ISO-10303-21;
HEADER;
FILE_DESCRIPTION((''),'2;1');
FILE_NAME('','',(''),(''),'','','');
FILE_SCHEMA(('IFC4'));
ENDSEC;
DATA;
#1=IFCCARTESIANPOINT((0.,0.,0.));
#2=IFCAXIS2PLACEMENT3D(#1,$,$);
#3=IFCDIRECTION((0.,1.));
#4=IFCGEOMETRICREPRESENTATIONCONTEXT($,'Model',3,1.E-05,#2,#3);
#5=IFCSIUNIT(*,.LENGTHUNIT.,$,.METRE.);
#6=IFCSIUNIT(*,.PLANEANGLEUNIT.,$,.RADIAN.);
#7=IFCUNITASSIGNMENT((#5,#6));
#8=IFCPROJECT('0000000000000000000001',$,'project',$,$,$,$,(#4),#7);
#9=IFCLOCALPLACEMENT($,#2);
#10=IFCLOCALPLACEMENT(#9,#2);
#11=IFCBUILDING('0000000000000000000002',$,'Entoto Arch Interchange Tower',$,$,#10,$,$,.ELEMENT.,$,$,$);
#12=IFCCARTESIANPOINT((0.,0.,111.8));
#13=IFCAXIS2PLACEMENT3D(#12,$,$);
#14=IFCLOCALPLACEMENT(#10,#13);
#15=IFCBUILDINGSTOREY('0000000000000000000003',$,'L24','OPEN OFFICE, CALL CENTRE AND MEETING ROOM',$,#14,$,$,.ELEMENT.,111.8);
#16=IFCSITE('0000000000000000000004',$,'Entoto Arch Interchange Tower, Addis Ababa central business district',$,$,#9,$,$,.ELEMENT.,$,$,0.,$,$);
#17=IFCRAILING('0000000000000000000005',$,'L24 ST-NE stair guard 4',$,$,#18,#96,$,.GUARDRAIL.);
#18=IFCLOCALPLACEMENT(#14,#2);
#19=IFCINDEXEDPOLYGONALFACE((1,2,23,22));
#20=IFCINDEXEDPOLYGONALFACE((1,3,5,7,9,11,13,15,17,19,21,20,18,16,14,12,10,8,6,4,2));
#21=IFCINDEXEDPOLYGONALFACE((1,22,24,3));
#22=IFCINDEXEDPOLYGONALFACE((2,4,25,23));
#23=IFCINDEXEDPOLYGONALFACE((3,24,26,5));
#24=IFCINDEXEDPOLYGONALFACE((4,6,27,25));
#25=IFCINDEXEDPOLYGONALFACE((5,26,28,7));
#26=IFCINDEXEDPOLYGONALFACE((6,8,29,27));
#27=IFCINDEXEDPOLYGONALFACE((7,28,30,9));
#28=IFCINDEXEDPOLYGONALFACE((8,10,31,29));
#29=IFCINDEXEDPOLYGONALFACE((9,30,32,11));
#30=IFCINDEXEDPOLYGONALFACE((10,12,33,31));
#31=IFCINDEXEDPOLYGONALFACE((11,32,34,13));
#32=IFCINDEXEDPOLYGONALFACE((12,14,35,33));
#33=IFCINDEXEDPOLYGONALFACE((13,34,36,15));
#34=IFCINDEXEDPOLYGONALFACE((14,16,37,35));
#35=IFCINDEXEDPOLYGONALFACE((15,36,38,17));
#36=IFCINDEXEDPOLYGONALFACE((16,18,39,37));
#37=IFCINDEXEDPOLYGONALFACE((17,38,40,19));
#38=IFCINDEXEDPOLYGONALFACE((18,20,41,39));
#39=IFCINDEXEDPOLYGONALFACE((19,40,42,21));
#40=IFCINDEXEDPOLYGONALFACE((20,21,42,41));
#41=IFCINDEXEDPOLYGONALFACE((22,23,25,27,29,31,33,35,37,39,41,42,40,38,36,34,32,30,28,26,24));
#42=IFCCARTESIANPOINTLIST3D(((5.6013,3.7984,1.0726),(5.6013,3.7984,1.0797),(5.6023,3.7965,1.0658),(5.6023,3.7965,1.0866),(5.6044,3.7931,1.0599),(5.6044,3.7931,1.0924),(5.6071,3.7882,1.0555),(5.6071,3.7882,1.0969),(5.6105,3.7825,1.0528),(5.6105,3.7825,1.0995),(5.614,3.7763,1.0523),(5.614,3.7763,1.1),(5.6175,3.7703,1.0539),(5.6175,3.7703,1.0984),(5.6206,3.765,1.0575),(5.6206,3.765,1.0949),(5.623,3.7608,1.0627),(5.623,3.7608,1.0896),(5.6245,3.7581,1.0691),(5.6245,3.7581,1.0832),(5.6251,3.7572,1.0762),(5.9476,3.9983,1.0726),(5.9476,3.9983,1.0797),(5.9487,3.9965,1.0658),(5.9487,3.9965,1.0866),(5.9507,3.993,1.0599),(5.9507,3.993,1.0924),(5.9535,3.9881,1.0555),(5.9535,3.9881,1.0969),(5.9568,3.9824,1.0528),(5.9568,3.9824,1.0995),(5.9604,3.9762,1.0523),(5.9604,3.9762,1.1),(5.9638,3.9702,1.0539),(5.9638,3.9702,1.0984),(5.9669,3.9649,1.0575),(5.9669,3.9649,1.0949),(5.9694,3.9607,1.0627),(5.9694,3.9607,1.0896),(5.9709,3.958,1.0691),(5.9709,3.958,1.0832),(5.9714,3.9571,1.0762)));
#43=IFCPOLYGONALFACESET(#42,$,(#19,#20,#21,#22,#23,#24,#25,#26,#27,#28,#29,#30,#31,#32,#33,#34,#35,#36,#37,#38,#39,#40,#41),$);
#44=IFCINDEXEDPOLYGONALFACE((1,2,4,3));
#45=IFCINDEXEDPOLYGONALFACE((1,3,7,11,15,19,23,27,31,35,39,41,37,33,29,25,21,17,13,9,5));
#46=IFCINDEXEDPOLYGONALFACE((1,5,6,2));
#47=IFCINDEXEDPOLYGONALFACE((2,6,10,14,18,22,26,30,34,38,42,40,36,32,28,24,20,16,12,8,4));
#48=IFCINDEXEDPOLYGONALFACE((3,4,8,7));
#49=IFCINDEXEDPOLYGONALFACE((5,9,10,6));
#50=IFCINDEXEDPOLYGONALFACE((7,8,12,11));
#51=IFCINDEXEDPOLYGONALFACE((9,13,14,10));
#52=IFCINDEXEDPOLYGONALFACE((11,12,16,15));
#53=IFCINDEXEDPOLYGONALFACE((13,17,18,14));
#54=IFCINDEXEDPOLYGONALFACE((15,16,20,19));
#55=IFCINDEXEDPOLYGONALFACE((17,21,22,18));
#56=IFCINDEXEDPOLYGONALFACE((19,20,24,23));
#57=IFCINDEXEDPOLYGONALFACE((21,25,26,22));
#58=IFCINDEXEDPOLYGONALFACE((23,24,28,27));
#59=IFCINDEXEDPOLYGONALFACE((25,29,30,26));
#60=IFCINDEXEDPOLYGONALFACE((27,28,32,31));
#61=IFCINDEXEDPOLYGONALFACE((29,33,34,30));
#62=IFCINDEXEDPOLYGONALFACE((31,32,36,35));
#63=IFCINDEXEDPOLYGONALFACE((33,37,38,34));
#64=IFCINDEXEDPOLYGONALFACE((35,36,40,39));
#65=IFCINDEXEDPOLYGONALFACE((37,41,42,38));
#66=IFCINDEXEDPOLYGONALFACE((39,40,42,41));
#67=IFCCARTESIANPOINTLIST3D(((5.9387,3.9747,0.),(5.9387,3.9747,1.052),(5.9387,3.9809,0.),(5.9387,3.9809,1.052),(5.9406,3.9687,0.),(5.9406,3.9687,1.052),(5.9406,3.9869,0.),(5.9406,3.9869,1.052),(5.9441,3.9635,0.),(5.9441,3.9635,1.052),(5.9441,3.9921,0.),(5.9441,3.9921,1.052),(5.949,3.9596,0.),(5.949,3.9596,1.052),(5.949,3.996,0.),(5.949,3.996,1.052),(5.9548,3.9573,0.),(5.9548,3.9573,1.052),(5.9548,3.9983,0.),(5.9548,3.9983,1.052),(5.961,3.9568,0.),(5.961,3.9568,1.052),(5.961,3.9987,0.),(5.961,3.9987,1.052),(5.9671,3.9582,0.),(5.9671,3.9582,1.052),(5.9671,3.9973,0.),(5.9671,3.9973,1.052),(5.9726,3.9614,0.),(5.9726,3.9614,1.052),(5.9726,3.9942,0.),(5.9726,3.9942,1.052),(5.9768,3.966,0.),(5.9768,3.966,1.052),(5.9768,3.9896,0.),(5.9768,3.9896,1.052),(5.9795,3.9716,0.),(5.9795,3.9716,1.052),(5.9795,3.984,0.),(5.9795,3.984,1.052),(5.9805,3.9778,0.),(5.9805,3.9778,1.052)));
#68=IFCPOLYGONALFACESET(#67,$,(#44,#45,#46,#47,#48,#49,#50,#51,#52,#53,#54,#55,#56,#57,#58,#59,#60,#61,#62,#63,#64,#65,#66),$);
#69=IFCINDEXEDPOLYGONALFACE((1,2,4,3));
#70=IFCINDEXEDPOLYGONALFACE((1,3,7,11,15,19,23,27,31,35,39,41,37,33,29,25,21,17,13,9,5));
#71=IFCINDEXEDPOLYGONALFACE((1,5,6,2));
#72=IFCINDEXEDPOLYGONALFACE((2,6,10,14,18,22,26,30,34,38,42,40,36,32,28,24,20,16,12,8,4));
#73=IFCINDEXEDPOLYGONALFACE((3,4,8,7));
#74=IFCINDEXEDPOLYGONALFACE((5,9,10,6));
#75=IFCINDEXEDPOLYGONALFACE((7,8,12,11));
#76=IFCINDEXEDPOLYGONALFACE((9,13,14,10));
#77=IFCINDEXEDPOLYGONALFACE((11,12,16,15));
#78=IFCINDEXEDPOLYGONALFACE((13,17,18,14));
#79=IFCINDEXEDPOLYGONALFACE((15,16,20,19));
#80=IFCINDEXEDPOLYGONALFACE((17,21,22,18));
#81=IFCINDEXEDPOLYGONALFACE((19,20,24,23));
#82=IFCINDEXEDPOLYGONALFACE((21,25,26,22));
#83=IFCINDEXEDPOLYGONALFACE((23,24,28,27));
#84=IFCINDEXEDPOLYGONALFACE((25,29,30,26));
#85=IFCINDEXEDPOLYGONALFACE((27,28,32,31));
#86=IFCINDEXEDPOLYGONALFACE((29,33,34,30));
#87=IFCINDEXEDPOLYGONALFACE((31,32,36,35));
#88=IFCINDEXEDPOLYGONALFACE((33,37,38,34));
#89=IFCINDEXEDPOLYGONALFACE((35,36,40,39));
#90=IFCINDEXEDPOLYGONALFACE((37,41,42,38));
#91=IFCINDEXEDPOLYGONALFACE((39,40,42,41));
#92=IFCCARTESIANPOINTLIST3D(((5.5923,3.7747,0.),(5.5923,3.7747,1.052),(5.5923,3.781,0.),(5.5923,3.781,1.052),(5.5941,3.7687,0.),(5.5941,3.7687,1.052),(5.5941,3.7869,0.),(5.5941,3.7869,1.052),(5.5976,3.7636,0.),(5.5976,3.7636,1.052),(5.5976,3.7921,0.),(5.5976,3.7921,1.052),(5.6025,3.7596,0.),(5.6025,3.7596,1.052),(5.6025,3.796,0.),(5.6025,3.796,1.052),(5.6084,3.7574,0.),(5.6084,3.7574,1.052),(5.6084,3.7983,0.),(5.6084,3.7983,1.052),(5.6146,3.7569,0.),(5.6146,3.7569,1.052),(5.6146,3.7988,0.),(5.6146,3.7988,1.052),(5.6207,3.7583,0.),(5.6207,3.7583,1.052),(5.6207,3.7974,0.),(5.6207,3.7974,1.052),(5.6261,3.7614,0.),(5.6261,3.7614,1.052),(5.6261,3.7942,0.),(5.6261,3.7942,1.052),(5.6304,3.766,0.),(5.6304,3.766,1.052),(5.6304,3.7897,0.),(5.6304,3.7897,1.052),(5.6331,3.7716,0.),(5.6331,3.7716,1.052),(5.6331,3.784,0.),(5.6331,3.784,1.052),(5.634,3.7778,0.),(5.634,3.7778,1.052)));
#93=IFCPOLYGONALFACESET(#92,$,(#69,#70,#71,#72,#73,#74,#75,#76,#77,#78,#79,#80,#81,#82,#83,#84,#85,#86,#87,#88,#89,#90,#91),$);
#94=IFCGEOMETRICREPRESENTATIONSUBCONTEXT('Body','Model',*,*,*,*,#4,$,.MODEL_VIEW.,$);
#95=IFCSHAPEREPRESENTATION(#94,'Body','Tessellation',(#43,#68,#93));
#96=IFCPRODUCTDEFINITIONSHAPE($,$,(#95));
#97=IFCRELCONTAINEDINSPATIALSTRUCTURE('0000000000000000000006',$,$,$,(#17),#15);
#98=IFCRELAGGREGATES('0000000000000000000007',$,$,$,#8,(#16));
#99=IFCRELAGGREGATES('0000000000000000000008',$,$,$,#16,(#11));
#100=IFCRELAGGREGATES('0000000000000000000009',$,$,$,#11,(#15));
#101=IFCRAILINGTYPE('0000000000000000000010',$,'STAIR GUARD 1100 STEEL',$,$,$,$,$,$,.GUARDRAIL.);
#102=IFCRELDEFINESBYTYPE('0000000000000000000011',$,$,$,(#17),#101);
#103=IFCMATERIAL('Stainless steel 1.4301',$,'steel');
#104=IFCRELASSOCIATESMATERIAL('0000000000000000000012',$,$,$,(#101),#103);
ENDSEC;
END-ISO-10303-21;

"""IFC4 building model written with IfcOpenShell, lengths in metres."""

from ifc_helpers import new_model, si_unit, direction, frame, origin, origin_2d, place, context, subcontext, project, spatial, circle, extrude, material, type_object, element, save


model = new_model("IFC4")

# Units and contexts
model_context = context("Model", 3, precision=1e-05, world=origin(), true_north=direction((0.0, 1.0)))
body_context = subcontext(model_context, "Body", "Model", "MODEL_VIEW")
ifc_project = project(units=[si_unit("LENGTHUNIT", "METRE"), si_unit("PLANEANGLEUNIT", "RADIAN")], contexts=[model_context])

# Site, building, storey
site_placement = place(None, origin())
site = spatial("IfcSite", under=ifc_project, at=site_placement, Name="Entoto Arch Interchange Tower, Addis Ababa central business district", CompositionType="ELEMENT", RefElevation=0.0)
building_placement = place(site_placement, origin())
building = spatial("IfcBuilding", under=site, at=building_placement, Name="Entoto Arch Interchange Tower", CompositionType="ELEMENT")
storey_placement = place(building_placement, frame((0.0, 0.0, 111.8)))
storey = spatial("IfcBuildingStorey", under=building, at=storey_placement, Name="L24", Description="OPEN OFFICE, CALL CENTRE AND MEETING ROOM", CompositionType="ELEMENT", Elevation=111.8)

# Railing
ifc_material_1 = material(Name="Stainless steel 1.4301", Category="steel")
railing_type_1 = type_object("IfcRailingType", Name="STAIR GUARD 1100 STEEL", PredefinedType="GUARDRAIL", material=ifc_material_1)
railing_1_placement = place(storey_placement, frame((5.9595, 3.9778, 0.0)))
element("IfcRailing", 1, at=railing_1_placement, inside=storey, type_object=railing_type_1, Name="L24 ST-NE stair guard 4", PredefinedType="GUARDRAIL", context=body_context, shape_type="SweptSolid", body=[
    extrude(circle(Radius=0.0239, at=origin_2d()), frame((0.0, 0.0, 1.0762), z_axis=(-0.866094, -0.499881, 0.0), x_axis=(0.499881, -0.866094, 0.0)), (0.0, 0.0, 1.0), 0.3999),
    extrude(circle(Radius=0.021, at=origin_2d()), origin(), (0.0, 0.0, 1.0), 1.052),
    extrude(circle(Radius=0.021, at=origin_2d()), frame((-0.3464, -0.2, 0.0)), (0.0, 0.0, 1.0), 1.052),
])

save(model, "model.ifc")
